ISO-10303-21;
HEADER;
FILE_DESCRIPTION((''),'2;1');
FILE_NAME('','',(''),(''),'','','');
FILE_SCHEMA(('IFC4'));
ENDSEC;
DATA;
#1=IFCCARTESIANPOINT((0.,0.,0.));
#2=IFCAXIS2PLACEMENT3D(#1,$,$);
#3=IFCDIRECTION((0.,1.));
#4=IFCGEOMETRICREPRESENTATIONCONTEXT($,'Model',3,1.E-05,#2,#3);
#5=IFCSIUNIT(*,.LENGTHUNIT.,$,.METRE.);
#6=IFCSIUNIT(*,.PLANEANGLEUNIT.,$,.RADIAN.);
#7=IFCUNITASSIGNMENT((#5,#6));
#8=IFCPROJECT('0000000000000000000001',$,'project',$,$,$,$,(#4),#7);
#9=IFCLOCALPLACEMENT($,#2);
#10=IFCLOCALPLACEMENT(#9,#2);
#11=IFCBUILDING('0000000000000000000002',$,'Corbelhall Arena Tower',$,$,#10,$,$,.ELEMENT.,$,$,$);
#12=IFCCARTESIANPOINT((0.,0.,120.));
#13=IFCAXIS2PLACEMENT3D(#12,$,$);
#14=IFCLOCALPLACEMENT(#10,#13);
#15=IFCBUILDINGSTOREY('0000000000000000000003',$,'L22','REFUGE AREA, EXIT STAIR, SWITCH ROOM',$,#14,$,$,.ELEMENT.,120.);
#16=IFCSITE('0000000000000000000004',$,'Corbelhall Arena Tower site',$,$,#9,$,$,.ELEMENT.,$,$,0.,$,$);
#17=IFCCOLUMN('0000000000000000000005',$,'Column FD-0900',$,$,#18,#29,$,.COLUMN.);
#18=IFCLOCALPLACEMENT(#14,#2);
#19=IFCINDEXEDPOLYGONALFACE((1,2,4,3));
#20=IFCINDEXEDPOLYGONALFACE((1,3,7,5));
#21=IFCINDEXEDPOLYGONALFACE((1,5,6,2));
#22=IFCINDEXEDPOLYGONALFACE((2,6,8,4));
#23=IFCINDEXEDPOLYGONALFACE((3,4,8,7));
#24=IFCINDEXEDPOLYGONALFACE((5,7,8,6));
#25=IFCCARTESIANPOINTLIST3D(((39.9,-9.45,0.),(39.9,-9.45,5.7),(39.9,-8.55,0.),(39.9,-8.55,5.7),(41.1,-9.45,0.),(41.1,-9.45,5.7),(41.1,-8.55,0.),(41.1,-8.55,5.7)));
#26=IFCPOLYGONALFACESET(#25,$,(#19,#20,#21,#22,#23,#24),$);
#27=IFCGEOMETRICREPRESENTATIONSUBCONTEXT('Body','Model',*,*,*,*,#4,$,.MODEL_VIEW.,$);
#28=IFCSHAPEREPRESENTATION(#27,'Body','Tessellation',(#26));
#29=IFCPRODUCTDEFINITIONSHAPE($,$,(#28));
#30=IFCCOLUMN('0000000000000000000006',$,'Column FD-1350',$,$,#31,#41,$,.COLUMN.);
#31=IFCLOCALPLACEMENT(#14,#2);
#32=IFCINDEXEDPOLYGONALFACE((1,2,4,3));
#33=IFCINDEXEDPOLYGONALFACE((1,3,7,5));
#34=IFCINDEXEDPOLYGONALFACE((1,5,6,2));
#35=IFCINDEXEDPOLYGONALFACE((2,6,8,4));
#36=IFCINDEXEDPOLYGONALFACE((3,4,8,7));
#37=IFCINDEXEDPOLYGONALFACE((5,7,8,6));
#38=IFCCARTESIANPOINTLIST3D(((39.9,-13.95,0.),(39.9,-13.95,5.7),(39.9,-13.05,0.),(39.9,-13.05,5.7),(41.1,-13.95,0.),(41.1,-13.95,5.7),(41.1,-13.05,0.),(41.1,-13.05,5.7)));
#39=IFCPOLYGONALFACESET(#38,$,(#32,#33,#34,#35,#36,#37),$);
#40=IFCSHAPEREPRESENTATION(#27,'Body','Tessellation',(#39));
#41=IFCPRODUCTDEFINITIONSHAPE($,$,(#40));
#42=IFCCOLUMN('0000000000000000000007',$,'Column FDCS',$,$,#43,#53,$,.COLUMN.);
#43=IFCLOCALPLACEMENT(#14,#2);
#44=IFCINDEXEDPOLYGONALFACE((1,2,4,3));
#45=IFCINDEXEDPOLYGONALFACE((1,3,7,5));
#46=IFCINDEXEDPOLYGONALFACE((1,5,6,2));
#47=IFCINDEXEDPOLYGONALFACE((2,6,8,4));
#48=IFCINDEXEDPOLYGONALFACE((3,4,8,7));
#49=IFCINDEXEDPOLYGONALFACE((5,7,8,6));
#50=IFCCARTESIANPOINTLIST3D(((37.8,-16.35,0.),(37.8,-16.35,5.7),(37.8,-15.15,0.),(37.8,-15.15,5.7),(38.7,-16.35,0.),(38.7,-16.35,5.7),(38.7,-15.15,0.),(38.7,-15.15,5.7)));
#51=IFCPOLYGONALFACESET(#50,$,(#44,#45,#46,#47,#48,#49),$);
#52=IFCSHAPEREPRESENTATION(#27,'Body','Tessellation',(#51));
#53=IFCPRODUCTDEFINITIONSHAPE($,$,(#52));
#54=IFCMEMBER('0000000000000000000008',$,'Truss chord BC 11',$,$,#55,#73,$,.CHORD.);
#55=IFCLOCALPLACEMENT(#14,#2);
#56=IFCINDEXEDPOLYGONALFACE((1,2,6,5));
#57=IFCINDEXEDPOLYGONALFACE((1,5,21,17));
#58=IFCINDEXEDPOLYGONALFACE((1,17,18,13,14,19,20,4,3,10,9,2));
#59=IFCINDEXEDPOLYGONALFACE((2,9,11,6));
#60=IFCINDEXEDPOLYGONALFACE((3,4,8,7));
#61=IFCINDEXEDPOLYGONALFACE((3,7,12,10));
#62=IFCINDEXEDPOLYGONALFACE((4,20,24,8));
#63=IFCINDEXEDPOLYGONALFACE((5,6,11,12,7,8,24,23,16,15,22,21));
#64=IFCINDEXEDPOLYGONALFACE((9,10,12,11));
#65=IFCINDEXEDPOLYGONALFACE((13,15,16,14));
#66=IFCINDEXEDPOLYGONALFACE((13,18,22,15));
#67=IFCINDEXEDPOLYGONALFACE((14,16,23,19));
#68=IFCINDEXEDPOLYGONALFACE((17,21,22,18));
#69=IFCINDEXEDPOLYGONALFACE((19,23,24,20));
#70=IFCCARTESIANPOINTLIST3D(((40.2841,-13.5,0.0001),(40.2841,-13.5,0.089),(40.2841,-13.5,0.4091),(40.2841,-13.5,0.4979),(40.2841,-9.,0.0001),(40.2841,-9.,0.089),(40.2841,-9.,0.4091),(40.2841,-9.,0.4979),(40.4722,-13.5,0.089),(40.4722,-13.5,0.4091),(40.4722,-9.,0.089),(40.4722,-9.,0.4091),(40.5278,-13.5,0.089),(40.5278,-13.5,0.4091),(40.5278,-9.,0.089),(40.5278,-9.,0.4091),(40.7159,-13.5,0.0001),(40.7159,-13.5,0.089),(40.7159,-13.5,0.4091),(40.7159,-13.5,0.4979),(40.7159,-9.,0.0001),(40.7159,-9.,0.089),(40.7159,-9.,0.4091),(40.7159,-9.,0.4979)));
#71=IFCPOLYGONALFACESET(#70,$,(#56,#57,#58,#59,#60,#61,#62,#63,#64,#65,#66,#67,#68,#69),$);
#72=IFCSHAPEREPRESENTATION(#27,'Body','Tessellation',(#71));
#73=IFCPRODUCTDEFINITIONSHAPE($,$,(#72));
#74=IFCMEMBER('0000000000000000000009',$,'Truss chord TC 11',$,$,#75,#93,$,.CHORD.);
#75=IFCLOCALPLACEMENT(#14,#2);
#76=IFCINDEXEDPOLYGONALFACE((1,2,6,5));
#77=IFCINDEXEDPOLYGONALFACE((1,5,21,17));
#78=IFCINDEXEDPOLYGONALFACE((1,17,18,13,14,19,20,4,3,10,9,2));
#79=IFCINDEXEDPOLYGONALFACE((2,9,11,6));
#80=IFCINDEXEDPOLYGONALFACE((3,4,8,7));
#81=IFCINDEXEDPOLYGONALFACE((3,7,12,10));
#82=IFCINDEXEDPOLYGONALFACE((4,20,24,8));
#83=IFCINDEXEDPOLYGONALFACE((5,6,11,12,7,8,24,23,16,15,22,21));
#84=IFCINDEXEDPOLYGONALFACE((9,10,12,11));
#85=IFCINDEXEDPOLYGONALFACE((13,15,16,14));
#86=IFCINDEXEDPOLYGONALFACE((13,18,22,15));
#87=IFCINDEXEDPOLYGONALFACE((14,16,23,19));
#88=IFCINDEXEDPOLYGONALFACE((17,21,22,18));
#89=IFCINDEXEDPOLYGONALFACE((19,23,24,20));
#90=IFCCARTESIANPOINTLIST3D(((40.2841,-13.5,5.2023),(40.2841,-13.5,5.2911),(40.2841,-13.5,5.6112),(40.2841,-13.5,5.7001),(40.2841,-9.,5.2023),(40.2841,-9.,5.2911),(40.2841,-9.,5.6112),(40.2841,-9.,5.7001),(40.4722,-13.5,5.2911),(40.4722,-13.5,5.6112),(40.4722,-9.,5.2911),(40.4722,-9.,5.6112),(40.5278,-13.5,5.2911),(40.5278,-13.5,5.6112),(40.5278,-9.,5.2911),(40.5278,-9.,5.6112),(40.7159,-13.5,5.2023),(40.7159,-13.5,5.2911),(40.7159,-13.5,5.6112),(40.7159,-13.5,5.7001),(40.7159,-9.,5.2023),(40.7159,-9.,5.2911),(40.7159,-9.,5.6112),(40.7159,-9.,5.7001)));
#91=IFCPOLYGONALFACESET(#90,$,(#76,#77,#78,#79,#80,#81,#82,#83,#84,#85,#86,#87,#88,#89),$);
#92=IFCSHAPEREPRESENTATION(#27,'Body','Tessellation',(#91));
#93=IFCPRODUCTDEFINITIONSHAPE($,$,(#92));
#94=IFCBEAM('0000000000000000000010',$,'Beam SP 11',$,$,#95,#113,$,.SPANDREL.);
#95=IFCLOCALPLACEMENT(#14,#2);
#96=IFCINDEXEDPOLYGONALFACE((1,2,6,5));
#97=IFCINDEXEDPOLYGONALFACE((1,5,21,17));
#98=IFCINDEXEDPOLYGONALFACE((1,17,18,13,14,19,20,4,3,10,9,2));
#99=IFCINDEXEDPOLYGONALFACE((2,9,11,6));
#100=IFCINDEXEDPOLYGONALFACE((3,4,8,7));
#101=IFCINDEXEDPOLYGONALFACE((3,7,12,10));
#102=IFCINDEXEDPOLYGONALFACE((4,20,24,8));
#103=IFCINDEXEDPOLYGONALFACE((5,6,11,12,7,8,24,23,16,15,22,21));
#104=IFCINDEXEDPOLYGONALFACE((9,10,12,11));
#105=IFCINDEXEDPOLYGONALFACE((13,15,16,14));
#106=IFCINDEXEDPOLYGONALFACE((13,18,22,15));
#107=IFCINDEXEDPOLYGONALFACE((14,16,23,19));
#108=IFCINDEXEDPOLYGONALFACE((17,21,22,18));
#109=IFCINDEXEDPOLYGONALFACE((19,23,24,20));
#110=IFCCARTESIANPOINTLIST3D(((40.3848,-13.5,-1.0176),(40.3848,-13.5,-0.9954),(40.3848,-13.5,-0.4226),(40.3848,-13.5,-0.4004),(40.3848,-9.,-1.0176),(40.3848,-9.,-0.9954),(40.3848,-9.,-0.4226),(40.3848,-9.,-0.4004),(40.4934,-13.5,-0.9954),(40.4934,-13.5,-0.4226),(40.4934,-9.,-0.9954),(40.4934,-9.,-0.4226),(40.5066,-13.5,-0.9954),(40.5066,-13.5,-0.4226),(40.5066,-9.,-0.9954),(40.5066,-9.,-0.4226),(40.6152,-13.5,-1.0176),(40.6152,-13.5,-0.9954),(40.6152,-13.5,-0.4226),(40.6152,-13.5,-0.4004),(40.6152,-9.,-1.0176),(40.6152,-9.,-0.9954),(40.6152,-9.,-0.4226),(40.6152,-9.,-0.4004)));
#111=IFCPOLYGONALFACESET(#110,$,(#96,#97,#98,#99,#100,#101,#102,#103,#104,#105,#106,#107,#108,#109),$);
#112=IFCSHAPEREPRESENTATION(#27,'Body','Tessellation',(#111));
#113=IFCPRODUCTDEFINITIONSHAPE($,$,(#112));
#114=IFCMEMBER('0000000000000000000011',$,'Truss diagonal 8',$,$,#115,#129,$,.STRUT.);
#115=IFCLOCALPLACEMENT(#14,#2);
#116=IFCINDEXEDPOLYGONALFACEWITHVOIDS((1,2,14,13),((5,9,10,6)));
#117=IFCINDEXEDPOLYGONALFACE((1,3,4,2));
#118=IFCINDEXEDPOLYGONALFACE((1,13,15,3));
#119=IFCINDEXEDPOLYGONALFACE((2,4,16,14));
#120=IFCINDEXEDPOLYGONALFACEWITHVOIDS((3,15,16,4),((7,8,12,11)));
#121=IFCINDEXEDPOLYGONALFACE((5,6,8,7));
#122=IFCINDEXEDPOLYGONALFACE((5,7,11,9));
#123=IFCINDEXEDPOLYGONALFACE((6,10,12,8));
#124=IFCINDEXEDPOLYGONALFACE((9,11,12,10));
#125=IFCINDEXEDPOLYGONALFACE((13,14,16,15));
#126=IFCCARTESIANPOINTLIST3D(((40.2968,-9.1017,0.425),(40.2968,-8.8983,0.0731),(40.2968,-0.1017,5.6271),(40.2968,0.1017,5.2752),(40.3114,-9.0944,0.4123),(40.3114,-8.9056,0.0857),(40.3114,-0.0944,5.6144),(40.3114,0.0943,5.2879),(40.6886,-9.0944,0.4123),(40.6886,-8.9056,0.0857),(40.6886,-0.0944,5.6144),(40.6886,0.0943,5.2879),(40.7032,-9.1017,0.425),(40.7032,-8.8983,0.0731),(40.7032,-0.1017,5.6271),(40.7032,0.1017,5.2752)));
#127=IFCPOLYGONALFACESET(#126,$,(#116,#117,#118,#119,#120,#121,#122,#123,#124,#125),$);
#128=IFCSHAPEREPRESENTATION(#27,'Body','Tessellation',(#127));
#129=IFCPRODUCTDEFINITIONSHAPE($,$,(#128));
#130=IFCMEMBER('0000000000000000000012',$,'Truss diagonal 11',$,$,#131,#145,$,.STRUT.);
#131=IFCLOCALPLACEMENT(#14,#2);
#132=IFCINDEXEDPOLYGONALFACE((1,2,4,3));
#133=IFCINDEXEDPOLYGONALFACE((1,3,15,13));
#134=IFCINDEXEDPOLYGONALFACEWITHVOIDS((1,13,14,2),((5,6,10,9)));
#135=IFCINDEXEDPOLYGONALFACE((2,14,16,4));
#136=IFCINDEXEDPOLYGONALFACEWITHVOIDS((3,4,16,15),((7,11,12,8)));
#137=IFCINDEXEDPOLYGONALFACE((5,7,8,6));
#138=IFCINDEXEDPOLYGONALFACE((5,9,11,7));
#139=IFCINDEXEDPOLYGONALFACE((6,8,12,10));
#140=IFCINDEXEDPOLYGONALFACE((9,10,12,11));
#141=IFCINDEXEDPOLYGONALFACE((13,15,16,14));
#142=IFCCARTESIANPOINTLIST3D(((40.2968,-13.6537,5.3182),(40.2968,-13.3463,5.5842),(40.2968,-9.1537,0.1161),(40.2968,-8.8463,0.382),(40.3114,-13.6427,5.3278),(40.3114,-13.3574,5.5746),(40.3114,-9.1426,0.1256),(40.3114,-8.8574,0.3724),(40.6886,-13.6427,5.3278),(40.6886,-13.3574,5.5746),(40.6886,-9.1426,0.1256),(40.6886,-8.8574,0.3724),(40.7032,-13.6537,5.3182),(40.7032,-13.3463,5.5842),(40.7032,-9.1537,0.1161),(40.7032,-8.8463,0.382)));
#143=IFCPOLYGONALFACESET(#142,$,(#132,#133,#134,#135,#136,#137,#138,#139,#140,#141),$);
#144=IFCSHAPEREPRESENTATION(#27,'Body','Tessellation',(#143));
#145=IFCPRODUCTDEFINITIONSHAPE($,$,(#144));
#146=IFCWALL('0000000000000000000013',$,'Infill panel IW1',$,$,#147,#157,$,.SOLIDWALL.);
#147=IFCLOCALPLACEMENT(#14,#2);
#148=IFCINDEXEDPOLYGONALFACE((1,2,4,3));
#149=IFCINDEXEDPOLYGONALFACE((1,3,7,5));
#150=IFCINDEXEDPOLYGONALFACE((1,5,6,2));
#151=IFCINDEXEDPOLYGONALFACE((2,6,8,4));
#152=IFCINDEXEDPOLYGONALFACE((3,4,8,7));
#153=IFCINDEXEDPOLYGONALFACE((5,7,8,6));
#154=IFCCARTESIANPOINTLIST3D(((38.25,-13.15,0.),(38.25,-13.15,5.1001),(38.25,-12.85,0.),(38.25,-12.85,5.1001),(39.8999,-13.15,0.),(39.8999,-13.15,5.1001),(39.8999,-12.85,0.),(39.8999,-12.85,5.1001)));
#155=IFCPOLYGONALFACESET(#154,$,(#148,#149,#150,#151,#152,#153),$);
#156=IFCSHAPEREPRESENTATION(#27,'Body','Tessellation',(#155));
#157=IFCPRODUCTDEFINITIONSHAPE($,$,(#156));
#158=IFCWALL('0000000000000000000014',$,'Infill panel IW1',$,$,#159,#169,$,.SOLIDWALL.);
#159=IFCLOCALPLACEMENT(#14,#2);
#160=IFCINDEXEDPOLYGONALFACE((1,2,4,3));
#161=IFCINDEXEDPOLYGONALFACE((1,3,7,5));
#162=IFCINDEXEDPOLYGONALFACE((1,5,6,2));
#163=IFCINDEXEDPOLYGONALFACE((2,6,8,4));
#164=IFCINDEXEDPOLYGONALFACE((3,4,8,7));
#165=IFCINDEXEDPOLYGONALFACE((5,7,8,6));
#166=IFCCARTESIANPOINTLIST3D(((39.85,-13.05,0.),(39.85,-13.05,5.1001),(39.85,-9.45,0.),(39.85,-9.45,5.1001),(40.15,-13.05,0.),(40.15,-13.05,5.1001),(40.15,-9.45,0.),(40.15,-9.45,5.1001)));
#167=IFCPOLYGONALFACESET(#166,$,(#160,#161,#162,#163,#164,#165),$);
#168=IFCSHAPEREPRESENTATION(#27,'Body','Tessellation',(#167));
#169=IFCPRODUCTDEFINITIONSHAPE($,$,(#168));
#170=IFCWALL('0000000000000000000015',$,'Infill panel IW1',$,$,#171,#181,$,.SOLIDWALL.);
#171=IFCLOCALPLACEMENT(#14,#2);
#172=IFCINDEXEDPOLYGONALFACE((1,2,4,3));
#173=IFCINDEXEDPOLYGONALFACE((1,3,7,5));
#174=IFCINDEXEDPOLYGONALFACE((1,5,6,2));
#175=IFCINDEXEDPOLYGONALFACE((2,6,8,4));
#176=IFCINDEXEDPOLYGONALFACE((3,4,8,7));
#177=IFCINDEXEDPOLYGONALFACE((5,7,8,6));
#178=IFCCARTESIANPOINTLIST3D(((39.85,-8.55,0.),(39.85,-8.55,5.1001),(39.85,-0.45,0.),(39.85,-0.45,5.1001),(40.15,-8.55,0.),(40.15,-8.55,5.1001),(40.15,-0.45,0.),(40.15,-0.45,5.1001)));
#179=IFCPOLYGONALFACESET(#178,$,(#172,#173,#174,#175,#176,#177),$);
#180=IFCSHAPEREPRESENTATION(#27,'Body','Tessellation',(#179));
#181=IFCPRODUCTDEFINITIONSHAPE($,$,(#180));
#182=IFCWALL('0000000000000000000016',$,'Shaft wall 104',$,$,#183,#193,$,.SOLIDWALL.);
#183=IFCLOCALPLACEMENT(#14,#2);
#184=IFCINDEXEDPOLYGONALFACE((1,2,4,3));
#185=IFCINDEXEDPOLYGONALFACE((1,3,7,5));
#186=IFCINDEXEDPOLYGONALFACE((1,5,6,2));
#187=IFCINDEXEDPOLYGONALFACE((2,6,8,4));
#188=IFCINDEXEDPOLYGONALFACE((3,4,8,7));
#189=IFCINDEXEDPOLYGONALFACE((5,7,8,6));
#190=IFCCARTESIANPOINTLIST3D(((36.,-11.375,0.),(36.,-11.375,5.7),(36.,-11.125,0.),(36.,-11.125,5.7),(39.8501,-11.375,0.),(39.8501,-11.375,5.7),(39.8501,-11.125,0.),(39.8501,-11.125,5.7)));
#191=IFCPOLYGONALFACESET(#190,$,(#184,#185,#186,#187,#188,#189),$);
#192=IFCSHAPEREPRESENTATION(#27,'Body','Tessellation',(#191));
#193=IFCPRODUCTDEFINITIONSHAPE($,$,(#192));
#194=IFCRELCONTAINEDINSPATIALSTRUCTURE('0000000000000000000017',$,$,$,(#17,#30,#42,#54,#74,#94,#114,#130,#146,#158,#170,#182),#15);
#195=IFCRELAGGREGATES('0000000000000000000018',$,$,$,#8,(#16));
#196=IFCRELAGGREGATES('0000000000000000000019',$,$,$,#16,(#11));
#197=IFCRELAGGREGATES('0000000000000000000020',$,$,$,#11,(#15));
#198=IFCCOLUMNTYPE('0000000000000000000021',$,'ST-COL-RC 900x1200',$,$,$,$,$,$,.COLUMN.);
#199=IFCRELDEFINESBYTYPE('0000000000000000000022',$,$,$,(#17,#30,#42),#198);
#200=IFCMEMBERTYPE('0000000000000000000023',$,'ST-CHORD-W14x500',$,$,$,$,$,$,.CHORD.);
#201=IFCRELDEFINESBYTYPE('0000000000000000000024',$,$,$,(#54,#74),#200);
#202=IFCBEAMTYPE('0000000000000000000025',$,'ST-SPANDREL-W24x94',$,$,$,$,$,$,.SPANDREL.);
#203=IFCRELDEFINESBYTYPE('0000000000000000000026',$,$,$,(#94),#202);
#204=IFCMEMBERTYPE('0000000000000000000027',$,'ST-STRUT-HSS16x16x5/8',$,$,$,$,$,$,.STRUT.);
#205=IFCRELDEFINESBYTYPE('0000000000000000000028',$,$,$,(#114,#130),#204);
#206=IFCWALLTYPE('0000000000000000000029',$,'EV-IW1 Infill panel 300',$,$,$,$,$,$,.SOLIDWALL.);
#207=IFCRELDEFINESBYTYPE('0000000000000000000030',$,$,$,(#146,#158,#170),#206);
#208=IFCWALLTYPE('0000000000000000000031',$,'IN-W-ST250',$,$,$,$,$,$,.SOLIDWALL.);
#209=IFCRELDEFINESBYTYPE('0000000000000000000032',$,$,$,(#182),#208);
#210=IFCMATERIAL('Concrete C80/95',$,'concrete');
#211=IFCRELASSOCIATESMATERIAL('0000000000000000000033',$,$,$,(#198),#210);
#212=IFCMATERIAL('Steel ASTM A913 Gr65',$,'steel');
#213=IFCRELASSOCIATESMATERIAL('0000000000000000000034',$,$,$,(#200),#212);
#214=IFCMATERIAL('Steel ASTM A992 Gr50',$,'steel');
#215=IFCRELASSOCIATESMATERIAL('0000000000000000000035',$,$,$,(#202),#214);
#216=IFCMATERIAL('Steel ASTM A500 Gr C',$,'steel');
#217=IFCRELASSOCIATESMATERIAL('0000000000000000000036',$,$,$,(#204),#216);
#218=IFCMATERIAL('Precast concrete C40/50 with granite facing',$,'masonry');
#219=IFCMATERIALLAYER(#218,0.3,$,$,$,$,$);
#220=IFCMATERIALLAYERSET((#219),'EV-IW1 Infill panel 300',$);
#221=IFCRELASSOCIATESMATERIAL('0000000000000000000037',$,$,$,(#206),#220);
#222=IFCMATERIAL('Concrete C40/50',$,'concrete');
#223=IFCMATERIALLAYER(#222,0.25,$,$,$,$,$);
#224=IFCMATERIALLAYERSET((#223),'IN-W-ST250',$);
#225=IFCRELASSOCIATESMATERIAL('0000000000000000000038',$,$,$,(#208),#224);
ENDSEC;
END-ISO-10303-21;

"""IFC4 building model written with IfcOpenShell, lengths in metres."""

from ifc_helpers import new_model, si_unit, direction, frame, frame_2d, origin, origin_2d, place, context, subcontext, project, spatial, rectangle, hollow_rectangle, i_section, extrude, material, layer, layer_set, material_profile, profile_set, type_object, element, save


model = new_model("IFC4")

# Units and contexts
model_context = context("Model", 3, precision=1e-05, world=origin(), true_north=direction((0.0, 1.0)))
body_context = subcontext(model_context, "Body", "Model", "MODEL_VIEW")
ifc_project = project(units=[si_unit("LENGTHUNIT", "METRE"), si_unit("PLANEANGLEUNIT", "RADIAN")], contexts=[model_context])

# Site, building, storey
site_placement = place(None, origin())
site = spatial("IfcSite", under=ifc_project, at=site_placement, Name="Corbelhall Arena Tower site", CompositionType="ELEMENT", RefElevation=0.0)
building_placement = place(site_placement, origin())
building = spatial("IfcBuilding", under=site, at=building_placement, Name="Corbelhall Arena Tower", CompositionType="ELEMENT")
storey_placement = place(building_placement, frame((0.0, 0.0, 120.0)))
storey = spatial("IfcBuildingStorey", under=building, at=storey_placement, Name="L22", Description="REFUGE AREA, EXIT STAIR, SWITCH ROOM", CompositionType="ELEMENT", Elevation=120.0)

# Columns
ifc_material_1 = material(Name="Concrete C80/95", Category="concrete")
ifc_material_profile_1 = material_profile(ifc_material_1, rectangle(XDim=0.8999, YDim=1.2, at=origin_2d()))
ifc_profile_set_1 = profile_set([ifc_material_profile_1], Name="Concrete C80/95")
column_type = type_object("IfcColumnType", Name="ST-COL-RC 900x1200", PredefinedType="COLUMN", material=ifc_profile_set_1)
for number, where, z_axis, x_axis, name in (
    (1, (40.5, -9.0, 0.0), (0.0, 0.0, 1.0), (0.0, 1.0, 0.0), "Column FD-0900"),
    (2, (40.5, -13.5, 0.0), (0.0, 0.0, 1.0), (0.0, 1.0, 0.0), "Column FD-1350"),
    (3, (38.25, -15.75, 0.0), (0.0, 0.0, 1.0), (1.0, 0.0, 0.0), "Column FDCS"),
):
    element("IfcColumn", number, at=place(storey_placement, frame(where, z_axis=z_axis, x_axis=x_axis)), inside=storey, type_object=column_type, Name=name, PredefinedType="COLUMN", context=body_context, shape_type="SweptSolid", body=[
        extrude(rectangle(XDim=0.8999, YDim=1.2, at=origin_2d()), origin(), (0.0, 0.0, 1.0), 5.7),
    ])

# Members
ifc_material_2 = material(Name="Steel ASTM A913 Gr65", Category="steel")
ifc_material_profile_2 = material_profile(ifc_material_2, i_section(OverallWidth=0.4319, OverallDepth=0.4978, WebThickness=0.0557, FlangeThickness=0.0889, at=origin_2d()))
ifc_profile_set_2 = profile_set([ifc_material_profile_2], Name="Steel ASTM A913 Gr65")
member_type_1 = type_object("IfcMemberType", Name="ST-CHORD-W14x500", PredefinedType="CHORD", material=ifc_profile_set_2)
for number, where, z_axis, x_axis, name in (
    (4, (40.5, -9.0, 0.249), (0.0, -1.0, 0.0), (1.0, 0.0, 0.0), "Truss chord BC 11"),
    (5, (40.5, -9.0, 5.4512), (0.0, -1.0, 0.0), (1.0, 0.0, 0.0), "Truss chord TC 11"),
):
    element("IfcMember", number, at=place(storey_placement, frame(where, z_axis=z_axis, x_axis=x_axis)), inside=storey, type_object=member_type_1, Name=name, PredefinedType="CHORD", context=body_context, shape_type="SweptSolid", body=[
        extrude(i_section(OverallWidth=0.4319, OverallDepth=0.4978, WebThickness=0.0557, FlangeThickness=0.0889, at=origin_2d()), origin(), (0.0, 0.0, 1.0), 4.5),
    ])

# Beam
ifc_material_3 = material(Name="Steel ASTM A992 Gr50", Category="steel")
ifc_material_profile_3 = material_profile(ifc_material_3, i_section(OverallWidth=0.2305, OverallDepth=0.6172, WebThickness=0.0132, FlangeThickness=0.0222, at=origin_2d()))
ifc_profile_set_3 = profile_set([ifc_material_profile_3], Name="Steel ASTM A992 Gr50")
beam_type = type_object("IfcBeamType", Name="ST-SPANDREL-W24x94", PredefinedType="SPANDREL", material=ifc_profile_set_3)
beam_placement = place(storey_placement, frame((40.5, -9.0, -0.709), z_axis=(0.0, -1.0, 0.0), x_axis=(1.0, 0.0, 0.0)))
element("IfcBeam", 6, at=beam_placement, inside=storey, type_object=beam_type, Name="Beam SP 11", PredefinedType="SPANDREL", context=body_context, shape_type="SweptSolid", body=[
    extrude(i_section(OverallWidth=0.2305, OverallDepth=0.6172, WebThickness=0.0132, FlangeThickness=0.0222, at=origin_2d()), origin(), (0.0, 0.0, 1.0), 4.5),
])

# Members
ifc_material_4 = material(Name="Steel ASTM A500 Gr C", Category="steel")
ifc_material_profile_4 = material_profile(ifc_material_4, hollow_rectangle(XDim=0.4065, YDim=0.4065, WallThickness=0.0146, at=origin_2d()))
ifc_profile_set_4 = profile_set([ifc_material_profile_4], Name="Steel ASTM A500 Gr C")
member_type_2 = type_object("IfcMemberType", Name="ST-STRUT-HSS16x16x5/8", PredefinedType="STRUT", material=ifc_profile_set_4)
member_1_placement = place(storey_placement, frame((40.5, -9.0, 0.249), z_axis=(0.0, 0.865776, 0.500433), x_axis=(-1.0, 0.0, 0.0)))
element("IfcMember", 7, at=member_1_placement, inside=storey, type_object=member_type_2, Name="Truss diagonal 8", PredefinedType="STRUT", context=body_context, shape_type="SweptSolid", body=[
    extrude(hollow_rectangle(XDim=0.4065, YDim=0.4065, WallThickness=0.0146, at=origin_2d()), origin(), (0.0, 0.0, 1.0), 10.3953),
])
member_2_placement = place(storey_placement, frame((40.5, -9.0, 0.249), z_axis=(0.0, -0.654222, 0.756302), x_axis=(1.0, 0.0, 0.0)))
element("IfcMember", 8, at=member_2_placement, inside=storey, type_object=member_type_2, Name="Truss diagonal 11", PredefinedType="STRUT", context=body_context, shape_type="SweptSolid", body=[
    extrude(hollow_rectangle(XDim=0.4065, YDim=0.4065, WallThickness=0.0146, at=origin_2d()), origin(), (0.0, 0.0, 1.0), 6.8784),
])

# Walls
ifc_material_5 = material(Name="Precast concrete C40/50 with granite facing", Category="masonry")
ifc_layer_1 = layer(ifc_material_5, 0.3)
ifc_layer_set_1 = layer_set([ifc_layer_1], Name="EV-IW1 Infill panel 300")
wall_type_1 = type_object("IfcWallType", Name="EV-IW1 Infill panel 300", PredefinedType="SOLIDWALL", material=ifc_layer_set_1)
wall_1_placement = place(storey_placement, frame((39.8999, -13.0, 0.0), z_axis=(0.0, 0.0, 1.0), x_axis=(-1.0, 0.0, 0.0)))
element("IfcWall", 9, at=wall_1_placement, inside=storey, type_object=wall_type_1, Name="Infill panel IW1", PredefinedType="SOLIDWALL", context=body_context, shape_type="SweptSolid", body=[
    extrude(rectangle(XDim=1.6499, YDim=0.3, at=frame_2d((0.825, 0.0))), origin(), (0.0, 0.0, 1.0), 5.1001),
])
wall_2_placement = place(storey_placement, frame((40.0, -13.05, 0.0), z_axis=(0.0, 0.0, 1.0), x_axis=(0.0, 1.0, 0.0)))
element("IfcWall", 10, at=wall_2_placement, inside=storey, type_object=wall_type_1, Name="Infill panel IW1", PredefinedType="SOLIDWALL", context=body_context, shape_type="SweptSolid", body=[
    extrude(rectangle(XDim=3.6001, YDim=0.3, at=frame_2d((1.8, 0.0))), origin(), (0.0, 0.0, 1.0), 5.1001),
])
wall_3_placement = place(storey_placement, frame((40.0, -8.55, 0.0), z_axis=(0.0, 0.0, 1.0), x_axis=(0.0, 1.0, 0.0)))
element("IfcWall", 11, at=wall_3_placement, inside=storey, type_object=wall_type_1, Name="Infill panel IW1", PredefinedType="SOLIDWALL", context=body_context, shape_type="SweptSolid", body=[
    extrude(rectangle(XDim=8.1001, YDim=0.3, at=frame_2d((4.05, 0.0))), origin(), (0.0, 0.0, 1.0), 5.1001),
])
ifc_material_6 = material(Name="Concrete C40/50", Category="concrete")
ifc_layer_2 = layer(ifc_material_6, 0.25)
ifc_layer_set_2 = layer_set([ifc_layer_2], Name="IN-W-ST250")
wall_type_2 = type_object("IfcWallType", Name="IN-W-ST250", PredefinedType="SOLIDWALL", material=ifc_layer_set_2)
wall_4_placement = place(storey_placement, frame((39.8501, -11.25, 0.0), z_axis=(0.0, 0.0, 1.0), x_axis=(-1.0, 0.0, 0.0)))
element("IfcWall", 12, at=wall_4_placement, inside=storey, type_object=wall_type_2, Name="Shaft wall 104", PredefinedType="SOLIDWALL", context=body_context, shape_type="SweptSolid", body=[
    extrude(rectangle(XDim=3.8501, YDim=0.25, at=frame_2d((1.925, 0.0))), origin(), (0.0, 0.0, 1.0), 5.7),
])

save(model, "model.ifc")
